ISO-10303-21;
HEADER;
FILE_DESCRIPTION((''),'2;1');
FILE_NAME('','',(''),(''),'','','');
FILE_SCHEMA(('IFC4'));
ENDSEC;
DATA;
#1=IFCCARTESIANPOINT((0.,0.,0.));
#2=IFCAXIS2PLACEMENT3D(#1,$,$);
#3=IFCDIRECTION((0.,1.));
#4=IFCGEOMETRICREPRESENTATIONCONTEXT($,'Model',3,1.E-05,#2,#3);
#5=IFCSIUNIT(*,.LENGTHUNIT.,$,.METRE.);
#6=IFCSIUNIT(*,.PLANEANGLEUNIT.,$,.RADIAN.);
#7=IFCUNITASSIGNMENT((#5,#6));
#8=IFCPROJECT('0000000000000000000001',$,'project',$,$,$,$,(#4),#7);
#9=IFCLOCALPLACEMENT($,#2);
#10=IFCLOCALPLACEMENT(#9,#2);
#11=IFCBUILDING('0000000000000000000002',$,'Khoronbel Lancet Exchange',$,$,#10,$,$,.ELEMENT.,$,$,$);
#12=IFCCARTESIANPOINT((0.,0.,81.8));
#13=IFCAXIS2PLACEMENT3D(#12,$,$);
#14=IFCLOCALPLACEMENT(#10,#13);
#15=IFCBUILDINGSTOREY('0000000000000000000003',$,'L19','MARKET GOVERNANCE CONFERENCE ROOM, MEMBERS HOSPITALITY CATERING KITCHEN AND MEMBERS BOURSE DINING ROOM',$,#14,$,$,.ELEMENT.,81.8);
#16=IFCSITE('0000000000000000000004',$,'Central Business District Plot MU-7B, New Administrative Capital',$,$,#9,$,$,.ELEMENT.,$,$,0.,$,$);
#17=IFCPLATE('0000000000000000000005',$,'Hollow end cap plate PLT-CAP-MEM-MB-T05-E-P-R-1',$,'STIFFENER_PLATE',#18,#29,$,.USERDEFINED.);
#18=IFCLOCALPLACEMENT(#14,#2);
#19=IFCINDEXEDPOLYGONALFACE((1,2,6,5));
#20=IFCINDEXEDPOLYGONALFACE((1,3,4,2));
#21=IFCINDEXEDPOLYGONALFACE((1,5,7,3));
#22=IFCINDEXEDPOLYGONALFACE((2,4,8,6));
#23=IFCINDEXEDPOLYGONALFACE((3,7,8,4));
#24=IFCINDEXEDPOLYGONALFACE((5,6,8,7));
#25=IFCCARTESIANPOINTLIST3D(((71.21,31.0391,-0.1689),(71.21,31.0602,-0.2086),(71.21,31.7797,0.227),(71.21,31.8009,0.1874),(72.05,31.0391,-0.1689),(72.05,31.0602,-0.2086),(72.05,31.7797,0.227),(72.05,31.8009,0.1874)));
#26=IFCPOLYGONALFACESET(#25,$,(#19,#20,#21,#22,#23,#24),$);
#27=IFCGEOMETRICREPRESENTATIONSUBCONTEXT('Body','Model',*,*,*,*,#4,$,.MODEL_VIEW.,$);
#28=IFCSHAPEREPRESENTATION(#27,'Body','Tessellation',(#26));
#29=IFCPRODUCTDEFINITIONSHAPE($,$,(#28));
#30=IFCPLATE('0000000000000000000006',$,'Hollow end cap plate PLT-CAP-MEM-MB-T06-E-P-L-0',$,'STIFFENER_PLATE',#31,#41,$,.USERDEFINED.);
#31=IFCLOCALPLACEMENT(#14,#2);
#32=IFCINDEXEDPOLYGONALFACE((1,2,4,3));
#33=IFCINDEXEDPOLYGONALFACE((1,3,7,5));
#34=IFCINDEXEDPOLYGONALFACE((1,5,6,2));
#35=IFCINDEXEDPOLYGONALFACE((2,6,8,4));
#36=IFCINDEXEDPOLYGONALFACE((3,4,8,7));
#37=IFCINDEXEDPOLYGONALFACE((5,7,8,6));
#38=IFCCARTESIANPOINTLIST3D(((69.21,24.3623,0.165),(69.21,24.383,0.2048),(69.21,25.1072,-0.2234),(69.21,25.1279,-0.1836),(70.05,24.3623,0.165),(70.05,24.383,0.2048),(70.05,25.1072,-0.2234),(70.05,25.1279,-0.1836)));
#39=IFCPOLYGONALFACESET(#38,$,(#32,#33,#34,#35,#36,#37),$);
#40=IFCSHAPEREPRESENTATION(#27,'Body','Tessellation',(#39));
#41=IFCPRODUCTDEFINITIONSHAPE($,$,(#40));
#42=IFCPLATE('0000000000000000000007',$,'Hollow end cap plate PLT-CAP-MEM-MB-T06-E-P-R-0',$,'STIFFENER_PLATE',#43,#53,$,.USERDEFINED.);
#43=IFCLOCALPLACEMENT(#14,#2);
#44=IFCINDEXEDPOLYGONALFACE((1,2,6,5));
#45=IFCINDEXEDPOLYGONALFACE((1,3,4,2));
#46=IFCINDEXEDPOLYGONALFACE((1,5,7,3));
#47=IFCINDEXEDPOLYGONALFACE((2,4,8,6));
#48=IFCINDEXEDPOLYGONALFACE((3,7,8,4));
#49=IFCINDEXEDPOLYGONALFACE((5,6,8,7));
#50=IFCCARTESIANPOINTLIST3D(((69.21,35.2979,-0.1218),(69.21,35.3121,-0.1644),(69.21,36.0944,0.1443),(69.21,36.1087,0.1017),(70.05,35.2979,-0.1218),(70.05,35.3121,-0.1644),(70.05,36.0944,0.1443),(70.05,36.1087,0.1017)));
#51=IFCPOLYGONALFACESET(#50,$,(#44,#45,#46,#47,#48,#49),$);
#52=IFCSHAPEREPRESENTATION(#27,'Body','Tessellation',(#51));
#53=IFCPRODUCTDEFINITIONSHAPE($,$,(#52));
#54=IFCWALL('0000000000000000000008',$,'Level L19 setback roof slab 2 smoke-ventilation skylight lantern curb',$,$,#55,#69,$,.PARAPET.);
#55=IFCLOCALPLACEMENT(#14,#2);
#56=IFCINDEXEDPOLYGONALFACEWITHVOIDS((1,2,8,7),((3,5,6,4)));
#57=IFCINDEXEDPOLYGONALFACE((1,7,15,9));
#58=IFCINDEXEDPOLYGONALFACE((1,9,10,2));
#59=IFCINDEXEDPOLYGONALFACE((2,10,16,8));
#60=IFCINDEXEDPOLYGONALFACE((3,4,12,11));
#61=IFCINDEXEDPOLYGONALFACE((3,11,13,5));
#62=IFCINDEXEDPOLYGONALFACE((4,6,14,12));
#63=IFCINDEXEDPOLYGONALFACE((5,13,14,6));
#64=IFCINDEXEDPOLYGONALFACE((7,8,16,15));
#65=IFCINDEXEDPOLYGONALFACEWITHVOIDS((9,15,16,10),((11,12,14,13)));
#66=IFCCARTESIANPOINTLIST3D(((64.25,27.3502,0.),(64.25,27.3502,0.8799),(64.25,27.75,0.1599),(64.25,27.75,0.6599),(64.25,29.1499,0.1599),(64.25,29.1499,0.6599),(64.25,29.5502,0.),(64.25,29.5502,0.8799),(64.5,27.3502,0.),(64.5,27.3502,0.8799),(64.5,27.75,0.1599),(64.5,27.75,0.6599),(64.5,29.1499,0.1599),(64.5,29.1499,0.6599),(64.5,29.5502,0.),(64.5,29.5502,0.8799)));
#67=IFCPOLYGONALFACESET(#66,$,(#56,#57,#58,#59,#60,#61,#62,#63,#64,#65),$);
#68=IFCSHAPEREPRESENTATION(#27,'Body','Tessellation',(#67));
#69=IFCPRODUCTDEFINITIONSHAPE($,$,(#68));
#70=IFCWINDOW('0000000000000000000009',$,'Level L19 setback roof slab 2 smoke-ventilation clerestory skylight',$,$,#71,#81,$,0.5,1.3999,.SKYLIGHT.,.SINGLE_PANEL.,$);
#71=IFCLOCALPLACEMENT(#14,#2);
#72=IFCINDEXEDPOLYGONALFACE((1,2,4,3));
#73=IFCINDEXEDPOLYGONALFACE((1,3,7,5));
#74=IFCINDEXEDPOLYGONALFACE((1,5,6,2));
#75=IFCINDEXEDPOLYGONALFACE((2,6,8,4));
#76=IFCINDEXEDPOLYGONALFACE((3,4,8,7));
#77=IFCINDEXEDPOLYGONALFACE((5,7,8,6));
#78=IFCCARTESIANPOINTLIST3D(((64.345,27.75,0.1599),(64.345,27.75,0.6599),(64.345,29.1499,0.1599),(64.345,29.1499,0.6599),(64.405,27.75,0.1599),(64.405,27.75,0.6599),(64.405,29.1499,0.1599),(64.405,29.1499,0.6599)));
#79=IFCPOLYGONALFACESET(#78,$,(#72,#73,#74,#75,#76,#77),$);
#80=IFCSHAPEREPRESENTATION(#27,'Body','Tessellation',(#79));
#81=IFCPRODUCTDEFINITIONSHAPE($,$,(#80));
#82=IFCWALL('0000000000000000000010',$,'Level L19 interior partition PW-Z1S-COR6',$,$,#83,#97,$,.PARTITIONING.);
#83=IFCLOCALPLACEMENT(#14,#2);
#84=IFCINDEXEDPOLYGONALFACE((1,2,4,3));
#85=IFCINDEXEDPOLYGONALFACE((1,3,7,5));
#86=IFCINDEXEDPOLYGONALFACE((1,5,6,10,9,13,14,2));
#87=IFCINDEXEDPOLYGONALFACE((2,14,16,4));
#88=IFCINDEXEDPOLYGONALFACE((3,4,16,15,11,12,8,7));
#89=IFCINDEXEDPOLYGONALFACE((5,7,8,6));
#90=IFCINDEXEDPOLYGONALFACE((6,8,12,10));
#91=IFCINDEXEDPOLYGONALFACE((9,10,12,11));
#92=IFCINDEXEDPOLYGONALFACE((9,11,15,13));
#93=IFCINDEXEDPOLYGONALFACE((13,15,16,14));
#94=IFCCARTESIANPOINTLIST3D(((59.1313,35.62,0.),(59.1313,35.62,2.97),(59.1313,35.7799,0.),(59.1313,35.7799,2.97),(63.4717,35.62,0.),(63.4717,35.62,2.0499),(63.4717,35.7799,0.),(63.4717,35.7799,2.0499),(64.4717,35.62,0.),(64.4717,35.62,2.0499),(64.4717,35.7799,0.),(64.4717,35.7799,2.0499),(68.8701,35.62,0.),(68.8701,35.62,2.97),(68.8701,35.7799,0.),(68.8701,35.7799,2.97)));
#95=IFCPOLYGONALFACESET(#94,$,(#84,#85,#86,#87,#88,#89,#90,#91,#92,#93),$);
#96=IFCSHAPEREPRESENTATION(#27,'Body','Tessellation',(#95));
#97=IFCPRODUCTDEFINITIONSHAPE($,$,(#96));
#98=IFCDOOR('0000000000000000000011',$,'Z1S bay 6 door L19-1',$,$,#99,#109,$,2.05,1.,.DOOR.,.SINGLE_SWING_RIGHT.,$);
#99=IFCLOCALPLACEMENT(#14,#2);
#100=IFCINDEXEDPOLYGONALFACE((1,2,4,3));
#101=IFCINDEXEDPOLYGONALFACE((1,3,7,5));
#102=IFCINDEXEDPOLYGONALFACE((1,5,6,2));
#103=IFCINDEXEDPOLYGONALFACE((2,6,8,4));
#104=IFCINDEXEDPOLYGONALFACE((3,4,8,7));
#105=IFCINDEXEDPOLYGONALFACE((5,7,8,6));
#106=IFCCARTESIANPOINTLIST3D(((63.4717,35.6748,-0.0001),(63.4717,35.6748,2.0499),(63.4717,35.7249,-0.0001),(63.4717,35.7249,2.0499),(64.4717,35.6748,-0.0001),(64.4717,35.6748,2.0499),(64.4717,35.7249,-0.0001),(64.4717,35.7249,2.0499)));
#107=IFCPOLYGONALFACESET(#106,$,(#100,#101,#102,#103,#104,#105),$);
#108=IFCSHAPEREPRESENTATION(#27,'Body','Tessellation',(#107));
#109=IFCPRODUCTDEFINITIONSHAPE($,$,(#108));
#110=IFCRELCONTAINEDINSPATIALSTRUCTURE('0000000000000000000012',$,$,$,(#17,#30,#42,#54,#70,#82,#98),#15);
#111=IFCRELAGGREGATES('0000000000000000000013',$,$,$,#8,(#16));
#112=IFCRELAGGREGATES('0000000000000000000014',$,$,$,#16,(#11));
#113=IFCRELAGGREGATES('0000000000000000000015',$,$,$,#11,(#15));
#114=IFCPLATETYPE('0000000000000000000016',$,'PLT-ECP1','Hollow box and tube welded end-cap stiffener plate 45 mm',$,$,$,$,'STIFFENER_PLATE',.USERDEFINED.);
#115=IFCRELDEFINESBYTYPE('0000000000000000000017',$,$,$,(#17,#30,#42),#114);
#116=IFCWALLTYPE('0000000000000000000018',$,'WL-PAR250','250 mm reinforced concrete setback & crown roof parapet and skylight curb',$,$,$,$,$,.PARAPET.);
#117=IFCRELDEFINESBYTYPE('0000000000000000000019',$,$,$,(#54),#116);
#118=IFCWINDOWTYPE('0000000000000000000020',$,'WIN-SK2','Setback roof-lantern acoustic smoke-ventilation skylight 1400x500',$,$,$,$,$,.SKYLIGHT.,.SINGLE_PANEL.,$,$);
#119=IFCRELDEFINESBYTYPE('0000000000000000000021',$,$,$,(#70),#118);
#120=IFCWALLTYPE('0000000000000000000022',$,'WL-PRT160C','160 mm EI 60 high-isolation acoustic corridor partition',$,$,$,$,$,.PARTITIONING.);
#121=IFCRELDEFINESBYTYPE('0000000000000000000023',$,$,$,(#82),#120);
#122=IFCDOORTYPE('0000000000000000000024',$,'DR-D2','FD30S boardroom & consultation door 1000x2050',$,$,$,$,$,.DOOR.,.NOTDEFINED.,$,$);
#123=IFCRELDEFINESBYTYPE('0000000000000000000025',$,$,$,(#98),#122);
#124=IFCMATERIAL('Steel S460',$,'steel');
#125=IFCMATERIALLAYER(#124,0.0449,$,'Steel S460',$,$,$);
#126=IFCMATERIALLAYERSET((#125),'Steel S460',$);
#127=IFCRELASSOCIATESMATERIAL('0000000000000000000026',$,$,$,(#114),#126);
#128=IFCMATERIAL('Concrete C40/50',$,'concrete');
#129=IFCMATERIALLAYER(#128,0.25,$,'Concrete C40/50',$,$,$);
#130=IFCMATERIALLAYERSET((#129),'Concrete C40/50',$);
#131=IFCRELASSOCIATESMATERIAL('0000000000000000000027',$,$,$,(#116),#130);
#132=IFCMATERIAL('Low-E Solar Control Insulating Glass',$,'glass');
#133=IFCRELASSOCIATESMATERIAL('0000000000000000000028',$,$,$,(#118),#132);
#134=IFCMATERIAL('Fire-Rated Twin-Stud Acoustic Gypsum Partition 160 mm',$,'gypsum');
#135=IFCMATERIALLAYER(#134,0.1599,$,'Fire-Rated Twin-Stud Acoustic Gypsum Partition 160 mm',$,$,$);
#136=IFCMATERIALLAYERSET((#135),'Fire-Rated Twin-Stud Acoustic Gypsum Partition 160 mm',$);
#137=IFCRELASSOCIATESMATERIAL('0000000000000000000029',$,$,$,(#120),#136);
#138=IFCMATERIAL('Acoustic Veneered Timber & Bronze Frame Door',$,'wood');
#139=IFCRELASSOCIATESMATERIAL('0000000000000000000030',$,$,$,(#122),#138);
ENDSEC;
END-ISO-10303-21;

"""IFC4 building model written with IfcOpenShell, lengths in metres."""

from ifc_helpers import new_model, si_unit, direction, frame, frame_2d, origin, place, context, subcontext, project, spatial, polyline, rectangle, outline, extrude, material, layer, layer_set, type_object, element, fill, save


model = new_model("IFC4")

# Units and contexts
model_context = context("Model", 3, precision=1e-05, world=origin(), true_north=direction((0.0, 1.0)))
body_context = subcontext(model_context, "Body", "Model", "MODEL_VIEW")
ifc_project = project(units=[si_unit("LENGTHUNIT", "METRE"), si_unit("PLANEANGLEUNIT", "RADIAN")], contexts=[model_context])

# Site, building, storey
site_placement = place(None, origin())
site = spatial("IfcSite", under=ifc_project, at=site_placement, Name="Central Business District Plot MU-7B, New Administrative Capital", CompositionType="ELEMENT", RefElevation=0.0)
building_placement = place(site_placement, origin())
building = spatial("IfcBuilding", under=site, at=building_placement, Name="Khoronbel Lancet Exchange", CompositionType="ELEMENT")
storey_placement = place(building_placement, frame((0.0, 0.0, 81.8)))
storey = spatial("IfcBuildingStorey", under=building, at=storey_placement, Name="L19", Description="MARKET GOVERNANCE CONFERENCE ROOM, MEMBERS HOSPITALITY CATERING KITCHEN AND MEMBERS BOURSE DINING ROOM", CompositionType="ELEMENT", Elevation=81.8)

# Shared definitions
ifc_material_1 = material(Name="Low-E Solar Control Insulating Glass", Category="glass")

# Shared definitions
ifc_material_2 = material(Name="Steel S460", Category="steel")

# Plates
ifc_layer_1 = layer(ifc_material_2, 0.0449, Name="Steel S460")
ifc_layer_set_1 = layer_set([ifc_layer_1], Name="Steel S460")
plate_type_1 = type_object("IfcPlateType", Name="PLT-ECP1", Description="Hollow box and tube welded end-cap stiffener plate 45 mm", ElementType="STIFFENER_PLATE", PredefinedType="USERDEFINED", material=ifc_layer_set_1)
plate_1_placement = place(storey_placement, frame((71.21, 31.0391, -0.1689), z_axis=(0.0, -0.471463, 0.881886), x_axis=(1.0, 0.0, 0.0)))
element("IfcPlate", 1, at=plate_1_placement, inside=storey, type_object=plate_type_1, Name="Hollow end cap plate PLT-CAP-MEM-MB-T05-E-P-R-1", ObjectType="STIFFENER_PLATE", PredefinedType="USERDEFINED", context=body_context, shape_type="SweptSolid", body=[
    extrude(outline(polyline([(0.0, 0.0), (0.8401, 0.0), (0.8401, 0.8398), (0.0, 0.8398), (0.0, 0.0)])), origin(), (0.0, 0.0, -1.0), 0.0449),
])
plate_2_placement = place(storey_placement, frame((70.05, 25.1279, -0.1836), z_axis=(0.0, 0.462377, 0.886683), x_axis=(-1.0, 0.0, 0.0)))
element("IfcPlate", 2, at=plate_2_placement, inside=storey, type_object=plate_type_1, Name="Hollow end cap plate PLT-CAP-MEM-MB-T06-E-P-L-0", ObjectType="STIFFENER_PLATE", PredefinedType="USERDEFINED", context=body_context, shape_type="SweptSolid", body=[
    extrude(outline(polyline([(0.0, 0.0), (0.8401, 0.0), (0.8401, 0.8401), (0.0, 0.8401), (0.0, 0.0)])), origin(), (0.0, 0.0, -1.0), 0.0449),
])
plate_3_placement = place(storey_placement, frame((69.21, 35.2979, -0.1218), z_axis=(0.0, -0.316838, 0.94848), x_axis=(1.0, 0.0, 0.0)))
element("IfcPlate", 3, at=plate_3_placement, inside=storey, type_object=plate_type_1, Name="Hollow end cap plate PLT-CAP-MEM-MB-T06-E-P-R-0", ObjectType="STIFFENER_PLATE", PredefinedType="USERDEFINED", context=body_context, shape_type="SweptSolid", body=[
    extrude(outline(polyline([(0.0, 0.0), (0.8401, 0.0), (0.8401, 0.8398), (0.0, 0.8398), (0.0, 0.0)])), origin(), (0.0, 0.0, -1.0), 0.0449),
])

# Wall, opening, window
ifc_material_3 = material(Name="Concrete C40/50", Category="concrete")
ifc_layer_2 = layer(ifc_material_3, 0.25, Name="Concrete C40/50")
ifc_layer_set_2 = layer_set([ifc_layer_2], Name="Concrete C40/50")
wall_type_1 = type_object("IfcWallType", Name="WL-PAR250", Description="250 mm reinforced concrete setback & crown roof parapet and skylight curb", PredefinedType="PARAPET", material=ifc_layer_set_2)
wall_1_placement = place(storey_placement, frame((64.375, 27.3501, 0.0), z_axis=(0.0, 0.0, 1.0), x_axis=(0.0, 1.0, 0.0)))
wall_1 = element("IfcWall", 4, at=wall_1_placement, inside=storey, type_object=wall_type_1, Name="Level L19 setback roof slab 2 smoke-ventilation skylight lantern curb", PredefinedType="PARAPET", context=body_context, shape_type="SweptSolid", body=[
    extrude(rectangle(XDim=2.2, YDim=0.25, at=frame_2d((1.1001, 0.0))), origin(), (0.0, 0.0, 1.0), 0.8799),
])
opening_1_placement = place(wall_1_placement, frame((0.3999, 0.0, 0.1599)))
opening_1 = element("IfcOpeningElement", 5, at=opening_1_placement, cuts=wall_1, PredefinedType="OPENING", context=body_context, shape_type="SweptSolid", body=[
    extrude(rectangle(XDim=1.3999, YDim=0.5, at=frame_2d((0.7, 0.25))), frame((0.0, 0.135, 0.0), z_axis=(0.0, -1.0, 0.0), x_axis=(1.0, 0.0, 0.0)), (0.0, 0.0, 1.0), 0.27),
])
window_type = type_object("IfcWindowType", Name="WIN-SK2", Description="Setback roof-lantern acoustic smoke-ventilation skylight 1400x500", PartitioningType="SINGLE_PANEL", PredefinedType="SKYLIGHT", material=ifc_material_1)
window_placement = place(opening_1_placement, origin())
window = element("IfcWindow", 6, at=window_placement, inside=storey, type_object=window_type, Name="Level L19 setback roof slab 2 smoke-ventilation clerestory skylight", OverallHeight=0.5, OverallWidth=1.3999, PartitioningType="SINGLE_PANEL", PredefinedType="SKYLIGHT", context=body_context, shape_type="SweptSolid", body=[
    extrude(rectangle(XDim=1.3999, YDim=0.5, at=frame_2d((0.7, 0.25))), frame((0.0, 0.03, 0.0), z_axis=(0.0, -1.0, 0.0), x_axis=(1.0, 0.0, 0.0)), (0.0, 0.0, 1.0), 0.0601),
])
fill(opening_1, window)

# Wall, opening, door
ifc_material_4 = material(Name="Fire-Rated Twin-Stud Acoustic Gypsum Partition 160 mm", Category="gypsum")
ifc_layer_3 = layer(ifc_material_4, 0.1599, Name="Fire-Rated Twin-Stud Acoustic Gypsum Partition 160 mm")
ifc_layer_set_3 = layer_set([ifc_layer_3], Name="Fire-Rated Twin-Stud Acoustic Gypsum Partition 160 mm")
wall_type_2 = type_object("IfcWallType", Name="WL-PRT160C", Description="160 mm EI 60 high-isolation acoustic corridor partition", PredefinedType="PARTITIONING", material=ifc_layer_set_3)
wall_2_placement = place(storey_placement, frame((59.1313, 35.7, 0.0), z_axis=(0.0, 0.0, 1.0), x_axis=(1.0, 0.0, 0.0)))
wall_2 = element("IfcWall", 7, at=wall_2_placement, inside=storey, type_object=wall_type_2, Name="Level L19 interior partition PW-Z1S-COR6", PredefinedType="PARTITIONING", context=body_context, shape_type="SweptSolid", body=[
    extrude(rectangle(XDim=9.7388, YDim=0.1599, at=frame_2d((4.8694, 0.0))), origin(), (0.0, 0.0, 1.0), 2.97),
])
opening_2_placement = place(wall_2_placement, frame((4.3403, 0.0, 0.0)))
opening_2 = element("IfcOpeningElement", 8, at=opening_2_placement, cuts=wall_2, PredefinedType="OPENING", context=body_context, shape_type="SweptSolid", body=[
    extrude(rectangle(XDim=1.0, YDim=2.05, at=frame_2d((0.5, 1.0249))), frame((0.0, 0.0898, 0.0), z_axis=(0.0, -1.0, 0.0), x_axis=(1.0, 0.0, 0.0)), (0.0, 0.0, 1.0), 0.1799),
])
ifc_material_5 = material(Name="Acoustic Veneered Timber & Bronze Frame Door", Category="wood")
door_type = type_object("IfcDoorType", Name="DR-D2", Description="FD30S boardroom & consultation door 1000x2050", OperationType="NOTDEFINED", PredefinedType="DOOR", material=ifc_material_5)
door_placement = place(opening_2_placement, origin())
door = element("IfcDoor", 9, at=door_placement, inside=storey, type_object=door_type, Name="Z1S bay 6 door L19-1", OperationType="SINGLE_SWING_RIGHT", OverallHeight=2.05, OverallWidth=1.0, PredefinedType="DOOR", context=body_context, shape_type="SweptSolid", body=[
    extrude(rectangle(XDim=1.0, YDim=2.05, at=frame_2d((0.5, 1.0249))), frame((0.0, 0.0249, 0.0), z_axis=(0.0, -1.0, 0.0), x_axis=(1.0, 0.0, 0.0)), (0.0, 0.0, 1.0), 0.05),
])
fill(opening_2, door)

save(model, "model.ifc")
